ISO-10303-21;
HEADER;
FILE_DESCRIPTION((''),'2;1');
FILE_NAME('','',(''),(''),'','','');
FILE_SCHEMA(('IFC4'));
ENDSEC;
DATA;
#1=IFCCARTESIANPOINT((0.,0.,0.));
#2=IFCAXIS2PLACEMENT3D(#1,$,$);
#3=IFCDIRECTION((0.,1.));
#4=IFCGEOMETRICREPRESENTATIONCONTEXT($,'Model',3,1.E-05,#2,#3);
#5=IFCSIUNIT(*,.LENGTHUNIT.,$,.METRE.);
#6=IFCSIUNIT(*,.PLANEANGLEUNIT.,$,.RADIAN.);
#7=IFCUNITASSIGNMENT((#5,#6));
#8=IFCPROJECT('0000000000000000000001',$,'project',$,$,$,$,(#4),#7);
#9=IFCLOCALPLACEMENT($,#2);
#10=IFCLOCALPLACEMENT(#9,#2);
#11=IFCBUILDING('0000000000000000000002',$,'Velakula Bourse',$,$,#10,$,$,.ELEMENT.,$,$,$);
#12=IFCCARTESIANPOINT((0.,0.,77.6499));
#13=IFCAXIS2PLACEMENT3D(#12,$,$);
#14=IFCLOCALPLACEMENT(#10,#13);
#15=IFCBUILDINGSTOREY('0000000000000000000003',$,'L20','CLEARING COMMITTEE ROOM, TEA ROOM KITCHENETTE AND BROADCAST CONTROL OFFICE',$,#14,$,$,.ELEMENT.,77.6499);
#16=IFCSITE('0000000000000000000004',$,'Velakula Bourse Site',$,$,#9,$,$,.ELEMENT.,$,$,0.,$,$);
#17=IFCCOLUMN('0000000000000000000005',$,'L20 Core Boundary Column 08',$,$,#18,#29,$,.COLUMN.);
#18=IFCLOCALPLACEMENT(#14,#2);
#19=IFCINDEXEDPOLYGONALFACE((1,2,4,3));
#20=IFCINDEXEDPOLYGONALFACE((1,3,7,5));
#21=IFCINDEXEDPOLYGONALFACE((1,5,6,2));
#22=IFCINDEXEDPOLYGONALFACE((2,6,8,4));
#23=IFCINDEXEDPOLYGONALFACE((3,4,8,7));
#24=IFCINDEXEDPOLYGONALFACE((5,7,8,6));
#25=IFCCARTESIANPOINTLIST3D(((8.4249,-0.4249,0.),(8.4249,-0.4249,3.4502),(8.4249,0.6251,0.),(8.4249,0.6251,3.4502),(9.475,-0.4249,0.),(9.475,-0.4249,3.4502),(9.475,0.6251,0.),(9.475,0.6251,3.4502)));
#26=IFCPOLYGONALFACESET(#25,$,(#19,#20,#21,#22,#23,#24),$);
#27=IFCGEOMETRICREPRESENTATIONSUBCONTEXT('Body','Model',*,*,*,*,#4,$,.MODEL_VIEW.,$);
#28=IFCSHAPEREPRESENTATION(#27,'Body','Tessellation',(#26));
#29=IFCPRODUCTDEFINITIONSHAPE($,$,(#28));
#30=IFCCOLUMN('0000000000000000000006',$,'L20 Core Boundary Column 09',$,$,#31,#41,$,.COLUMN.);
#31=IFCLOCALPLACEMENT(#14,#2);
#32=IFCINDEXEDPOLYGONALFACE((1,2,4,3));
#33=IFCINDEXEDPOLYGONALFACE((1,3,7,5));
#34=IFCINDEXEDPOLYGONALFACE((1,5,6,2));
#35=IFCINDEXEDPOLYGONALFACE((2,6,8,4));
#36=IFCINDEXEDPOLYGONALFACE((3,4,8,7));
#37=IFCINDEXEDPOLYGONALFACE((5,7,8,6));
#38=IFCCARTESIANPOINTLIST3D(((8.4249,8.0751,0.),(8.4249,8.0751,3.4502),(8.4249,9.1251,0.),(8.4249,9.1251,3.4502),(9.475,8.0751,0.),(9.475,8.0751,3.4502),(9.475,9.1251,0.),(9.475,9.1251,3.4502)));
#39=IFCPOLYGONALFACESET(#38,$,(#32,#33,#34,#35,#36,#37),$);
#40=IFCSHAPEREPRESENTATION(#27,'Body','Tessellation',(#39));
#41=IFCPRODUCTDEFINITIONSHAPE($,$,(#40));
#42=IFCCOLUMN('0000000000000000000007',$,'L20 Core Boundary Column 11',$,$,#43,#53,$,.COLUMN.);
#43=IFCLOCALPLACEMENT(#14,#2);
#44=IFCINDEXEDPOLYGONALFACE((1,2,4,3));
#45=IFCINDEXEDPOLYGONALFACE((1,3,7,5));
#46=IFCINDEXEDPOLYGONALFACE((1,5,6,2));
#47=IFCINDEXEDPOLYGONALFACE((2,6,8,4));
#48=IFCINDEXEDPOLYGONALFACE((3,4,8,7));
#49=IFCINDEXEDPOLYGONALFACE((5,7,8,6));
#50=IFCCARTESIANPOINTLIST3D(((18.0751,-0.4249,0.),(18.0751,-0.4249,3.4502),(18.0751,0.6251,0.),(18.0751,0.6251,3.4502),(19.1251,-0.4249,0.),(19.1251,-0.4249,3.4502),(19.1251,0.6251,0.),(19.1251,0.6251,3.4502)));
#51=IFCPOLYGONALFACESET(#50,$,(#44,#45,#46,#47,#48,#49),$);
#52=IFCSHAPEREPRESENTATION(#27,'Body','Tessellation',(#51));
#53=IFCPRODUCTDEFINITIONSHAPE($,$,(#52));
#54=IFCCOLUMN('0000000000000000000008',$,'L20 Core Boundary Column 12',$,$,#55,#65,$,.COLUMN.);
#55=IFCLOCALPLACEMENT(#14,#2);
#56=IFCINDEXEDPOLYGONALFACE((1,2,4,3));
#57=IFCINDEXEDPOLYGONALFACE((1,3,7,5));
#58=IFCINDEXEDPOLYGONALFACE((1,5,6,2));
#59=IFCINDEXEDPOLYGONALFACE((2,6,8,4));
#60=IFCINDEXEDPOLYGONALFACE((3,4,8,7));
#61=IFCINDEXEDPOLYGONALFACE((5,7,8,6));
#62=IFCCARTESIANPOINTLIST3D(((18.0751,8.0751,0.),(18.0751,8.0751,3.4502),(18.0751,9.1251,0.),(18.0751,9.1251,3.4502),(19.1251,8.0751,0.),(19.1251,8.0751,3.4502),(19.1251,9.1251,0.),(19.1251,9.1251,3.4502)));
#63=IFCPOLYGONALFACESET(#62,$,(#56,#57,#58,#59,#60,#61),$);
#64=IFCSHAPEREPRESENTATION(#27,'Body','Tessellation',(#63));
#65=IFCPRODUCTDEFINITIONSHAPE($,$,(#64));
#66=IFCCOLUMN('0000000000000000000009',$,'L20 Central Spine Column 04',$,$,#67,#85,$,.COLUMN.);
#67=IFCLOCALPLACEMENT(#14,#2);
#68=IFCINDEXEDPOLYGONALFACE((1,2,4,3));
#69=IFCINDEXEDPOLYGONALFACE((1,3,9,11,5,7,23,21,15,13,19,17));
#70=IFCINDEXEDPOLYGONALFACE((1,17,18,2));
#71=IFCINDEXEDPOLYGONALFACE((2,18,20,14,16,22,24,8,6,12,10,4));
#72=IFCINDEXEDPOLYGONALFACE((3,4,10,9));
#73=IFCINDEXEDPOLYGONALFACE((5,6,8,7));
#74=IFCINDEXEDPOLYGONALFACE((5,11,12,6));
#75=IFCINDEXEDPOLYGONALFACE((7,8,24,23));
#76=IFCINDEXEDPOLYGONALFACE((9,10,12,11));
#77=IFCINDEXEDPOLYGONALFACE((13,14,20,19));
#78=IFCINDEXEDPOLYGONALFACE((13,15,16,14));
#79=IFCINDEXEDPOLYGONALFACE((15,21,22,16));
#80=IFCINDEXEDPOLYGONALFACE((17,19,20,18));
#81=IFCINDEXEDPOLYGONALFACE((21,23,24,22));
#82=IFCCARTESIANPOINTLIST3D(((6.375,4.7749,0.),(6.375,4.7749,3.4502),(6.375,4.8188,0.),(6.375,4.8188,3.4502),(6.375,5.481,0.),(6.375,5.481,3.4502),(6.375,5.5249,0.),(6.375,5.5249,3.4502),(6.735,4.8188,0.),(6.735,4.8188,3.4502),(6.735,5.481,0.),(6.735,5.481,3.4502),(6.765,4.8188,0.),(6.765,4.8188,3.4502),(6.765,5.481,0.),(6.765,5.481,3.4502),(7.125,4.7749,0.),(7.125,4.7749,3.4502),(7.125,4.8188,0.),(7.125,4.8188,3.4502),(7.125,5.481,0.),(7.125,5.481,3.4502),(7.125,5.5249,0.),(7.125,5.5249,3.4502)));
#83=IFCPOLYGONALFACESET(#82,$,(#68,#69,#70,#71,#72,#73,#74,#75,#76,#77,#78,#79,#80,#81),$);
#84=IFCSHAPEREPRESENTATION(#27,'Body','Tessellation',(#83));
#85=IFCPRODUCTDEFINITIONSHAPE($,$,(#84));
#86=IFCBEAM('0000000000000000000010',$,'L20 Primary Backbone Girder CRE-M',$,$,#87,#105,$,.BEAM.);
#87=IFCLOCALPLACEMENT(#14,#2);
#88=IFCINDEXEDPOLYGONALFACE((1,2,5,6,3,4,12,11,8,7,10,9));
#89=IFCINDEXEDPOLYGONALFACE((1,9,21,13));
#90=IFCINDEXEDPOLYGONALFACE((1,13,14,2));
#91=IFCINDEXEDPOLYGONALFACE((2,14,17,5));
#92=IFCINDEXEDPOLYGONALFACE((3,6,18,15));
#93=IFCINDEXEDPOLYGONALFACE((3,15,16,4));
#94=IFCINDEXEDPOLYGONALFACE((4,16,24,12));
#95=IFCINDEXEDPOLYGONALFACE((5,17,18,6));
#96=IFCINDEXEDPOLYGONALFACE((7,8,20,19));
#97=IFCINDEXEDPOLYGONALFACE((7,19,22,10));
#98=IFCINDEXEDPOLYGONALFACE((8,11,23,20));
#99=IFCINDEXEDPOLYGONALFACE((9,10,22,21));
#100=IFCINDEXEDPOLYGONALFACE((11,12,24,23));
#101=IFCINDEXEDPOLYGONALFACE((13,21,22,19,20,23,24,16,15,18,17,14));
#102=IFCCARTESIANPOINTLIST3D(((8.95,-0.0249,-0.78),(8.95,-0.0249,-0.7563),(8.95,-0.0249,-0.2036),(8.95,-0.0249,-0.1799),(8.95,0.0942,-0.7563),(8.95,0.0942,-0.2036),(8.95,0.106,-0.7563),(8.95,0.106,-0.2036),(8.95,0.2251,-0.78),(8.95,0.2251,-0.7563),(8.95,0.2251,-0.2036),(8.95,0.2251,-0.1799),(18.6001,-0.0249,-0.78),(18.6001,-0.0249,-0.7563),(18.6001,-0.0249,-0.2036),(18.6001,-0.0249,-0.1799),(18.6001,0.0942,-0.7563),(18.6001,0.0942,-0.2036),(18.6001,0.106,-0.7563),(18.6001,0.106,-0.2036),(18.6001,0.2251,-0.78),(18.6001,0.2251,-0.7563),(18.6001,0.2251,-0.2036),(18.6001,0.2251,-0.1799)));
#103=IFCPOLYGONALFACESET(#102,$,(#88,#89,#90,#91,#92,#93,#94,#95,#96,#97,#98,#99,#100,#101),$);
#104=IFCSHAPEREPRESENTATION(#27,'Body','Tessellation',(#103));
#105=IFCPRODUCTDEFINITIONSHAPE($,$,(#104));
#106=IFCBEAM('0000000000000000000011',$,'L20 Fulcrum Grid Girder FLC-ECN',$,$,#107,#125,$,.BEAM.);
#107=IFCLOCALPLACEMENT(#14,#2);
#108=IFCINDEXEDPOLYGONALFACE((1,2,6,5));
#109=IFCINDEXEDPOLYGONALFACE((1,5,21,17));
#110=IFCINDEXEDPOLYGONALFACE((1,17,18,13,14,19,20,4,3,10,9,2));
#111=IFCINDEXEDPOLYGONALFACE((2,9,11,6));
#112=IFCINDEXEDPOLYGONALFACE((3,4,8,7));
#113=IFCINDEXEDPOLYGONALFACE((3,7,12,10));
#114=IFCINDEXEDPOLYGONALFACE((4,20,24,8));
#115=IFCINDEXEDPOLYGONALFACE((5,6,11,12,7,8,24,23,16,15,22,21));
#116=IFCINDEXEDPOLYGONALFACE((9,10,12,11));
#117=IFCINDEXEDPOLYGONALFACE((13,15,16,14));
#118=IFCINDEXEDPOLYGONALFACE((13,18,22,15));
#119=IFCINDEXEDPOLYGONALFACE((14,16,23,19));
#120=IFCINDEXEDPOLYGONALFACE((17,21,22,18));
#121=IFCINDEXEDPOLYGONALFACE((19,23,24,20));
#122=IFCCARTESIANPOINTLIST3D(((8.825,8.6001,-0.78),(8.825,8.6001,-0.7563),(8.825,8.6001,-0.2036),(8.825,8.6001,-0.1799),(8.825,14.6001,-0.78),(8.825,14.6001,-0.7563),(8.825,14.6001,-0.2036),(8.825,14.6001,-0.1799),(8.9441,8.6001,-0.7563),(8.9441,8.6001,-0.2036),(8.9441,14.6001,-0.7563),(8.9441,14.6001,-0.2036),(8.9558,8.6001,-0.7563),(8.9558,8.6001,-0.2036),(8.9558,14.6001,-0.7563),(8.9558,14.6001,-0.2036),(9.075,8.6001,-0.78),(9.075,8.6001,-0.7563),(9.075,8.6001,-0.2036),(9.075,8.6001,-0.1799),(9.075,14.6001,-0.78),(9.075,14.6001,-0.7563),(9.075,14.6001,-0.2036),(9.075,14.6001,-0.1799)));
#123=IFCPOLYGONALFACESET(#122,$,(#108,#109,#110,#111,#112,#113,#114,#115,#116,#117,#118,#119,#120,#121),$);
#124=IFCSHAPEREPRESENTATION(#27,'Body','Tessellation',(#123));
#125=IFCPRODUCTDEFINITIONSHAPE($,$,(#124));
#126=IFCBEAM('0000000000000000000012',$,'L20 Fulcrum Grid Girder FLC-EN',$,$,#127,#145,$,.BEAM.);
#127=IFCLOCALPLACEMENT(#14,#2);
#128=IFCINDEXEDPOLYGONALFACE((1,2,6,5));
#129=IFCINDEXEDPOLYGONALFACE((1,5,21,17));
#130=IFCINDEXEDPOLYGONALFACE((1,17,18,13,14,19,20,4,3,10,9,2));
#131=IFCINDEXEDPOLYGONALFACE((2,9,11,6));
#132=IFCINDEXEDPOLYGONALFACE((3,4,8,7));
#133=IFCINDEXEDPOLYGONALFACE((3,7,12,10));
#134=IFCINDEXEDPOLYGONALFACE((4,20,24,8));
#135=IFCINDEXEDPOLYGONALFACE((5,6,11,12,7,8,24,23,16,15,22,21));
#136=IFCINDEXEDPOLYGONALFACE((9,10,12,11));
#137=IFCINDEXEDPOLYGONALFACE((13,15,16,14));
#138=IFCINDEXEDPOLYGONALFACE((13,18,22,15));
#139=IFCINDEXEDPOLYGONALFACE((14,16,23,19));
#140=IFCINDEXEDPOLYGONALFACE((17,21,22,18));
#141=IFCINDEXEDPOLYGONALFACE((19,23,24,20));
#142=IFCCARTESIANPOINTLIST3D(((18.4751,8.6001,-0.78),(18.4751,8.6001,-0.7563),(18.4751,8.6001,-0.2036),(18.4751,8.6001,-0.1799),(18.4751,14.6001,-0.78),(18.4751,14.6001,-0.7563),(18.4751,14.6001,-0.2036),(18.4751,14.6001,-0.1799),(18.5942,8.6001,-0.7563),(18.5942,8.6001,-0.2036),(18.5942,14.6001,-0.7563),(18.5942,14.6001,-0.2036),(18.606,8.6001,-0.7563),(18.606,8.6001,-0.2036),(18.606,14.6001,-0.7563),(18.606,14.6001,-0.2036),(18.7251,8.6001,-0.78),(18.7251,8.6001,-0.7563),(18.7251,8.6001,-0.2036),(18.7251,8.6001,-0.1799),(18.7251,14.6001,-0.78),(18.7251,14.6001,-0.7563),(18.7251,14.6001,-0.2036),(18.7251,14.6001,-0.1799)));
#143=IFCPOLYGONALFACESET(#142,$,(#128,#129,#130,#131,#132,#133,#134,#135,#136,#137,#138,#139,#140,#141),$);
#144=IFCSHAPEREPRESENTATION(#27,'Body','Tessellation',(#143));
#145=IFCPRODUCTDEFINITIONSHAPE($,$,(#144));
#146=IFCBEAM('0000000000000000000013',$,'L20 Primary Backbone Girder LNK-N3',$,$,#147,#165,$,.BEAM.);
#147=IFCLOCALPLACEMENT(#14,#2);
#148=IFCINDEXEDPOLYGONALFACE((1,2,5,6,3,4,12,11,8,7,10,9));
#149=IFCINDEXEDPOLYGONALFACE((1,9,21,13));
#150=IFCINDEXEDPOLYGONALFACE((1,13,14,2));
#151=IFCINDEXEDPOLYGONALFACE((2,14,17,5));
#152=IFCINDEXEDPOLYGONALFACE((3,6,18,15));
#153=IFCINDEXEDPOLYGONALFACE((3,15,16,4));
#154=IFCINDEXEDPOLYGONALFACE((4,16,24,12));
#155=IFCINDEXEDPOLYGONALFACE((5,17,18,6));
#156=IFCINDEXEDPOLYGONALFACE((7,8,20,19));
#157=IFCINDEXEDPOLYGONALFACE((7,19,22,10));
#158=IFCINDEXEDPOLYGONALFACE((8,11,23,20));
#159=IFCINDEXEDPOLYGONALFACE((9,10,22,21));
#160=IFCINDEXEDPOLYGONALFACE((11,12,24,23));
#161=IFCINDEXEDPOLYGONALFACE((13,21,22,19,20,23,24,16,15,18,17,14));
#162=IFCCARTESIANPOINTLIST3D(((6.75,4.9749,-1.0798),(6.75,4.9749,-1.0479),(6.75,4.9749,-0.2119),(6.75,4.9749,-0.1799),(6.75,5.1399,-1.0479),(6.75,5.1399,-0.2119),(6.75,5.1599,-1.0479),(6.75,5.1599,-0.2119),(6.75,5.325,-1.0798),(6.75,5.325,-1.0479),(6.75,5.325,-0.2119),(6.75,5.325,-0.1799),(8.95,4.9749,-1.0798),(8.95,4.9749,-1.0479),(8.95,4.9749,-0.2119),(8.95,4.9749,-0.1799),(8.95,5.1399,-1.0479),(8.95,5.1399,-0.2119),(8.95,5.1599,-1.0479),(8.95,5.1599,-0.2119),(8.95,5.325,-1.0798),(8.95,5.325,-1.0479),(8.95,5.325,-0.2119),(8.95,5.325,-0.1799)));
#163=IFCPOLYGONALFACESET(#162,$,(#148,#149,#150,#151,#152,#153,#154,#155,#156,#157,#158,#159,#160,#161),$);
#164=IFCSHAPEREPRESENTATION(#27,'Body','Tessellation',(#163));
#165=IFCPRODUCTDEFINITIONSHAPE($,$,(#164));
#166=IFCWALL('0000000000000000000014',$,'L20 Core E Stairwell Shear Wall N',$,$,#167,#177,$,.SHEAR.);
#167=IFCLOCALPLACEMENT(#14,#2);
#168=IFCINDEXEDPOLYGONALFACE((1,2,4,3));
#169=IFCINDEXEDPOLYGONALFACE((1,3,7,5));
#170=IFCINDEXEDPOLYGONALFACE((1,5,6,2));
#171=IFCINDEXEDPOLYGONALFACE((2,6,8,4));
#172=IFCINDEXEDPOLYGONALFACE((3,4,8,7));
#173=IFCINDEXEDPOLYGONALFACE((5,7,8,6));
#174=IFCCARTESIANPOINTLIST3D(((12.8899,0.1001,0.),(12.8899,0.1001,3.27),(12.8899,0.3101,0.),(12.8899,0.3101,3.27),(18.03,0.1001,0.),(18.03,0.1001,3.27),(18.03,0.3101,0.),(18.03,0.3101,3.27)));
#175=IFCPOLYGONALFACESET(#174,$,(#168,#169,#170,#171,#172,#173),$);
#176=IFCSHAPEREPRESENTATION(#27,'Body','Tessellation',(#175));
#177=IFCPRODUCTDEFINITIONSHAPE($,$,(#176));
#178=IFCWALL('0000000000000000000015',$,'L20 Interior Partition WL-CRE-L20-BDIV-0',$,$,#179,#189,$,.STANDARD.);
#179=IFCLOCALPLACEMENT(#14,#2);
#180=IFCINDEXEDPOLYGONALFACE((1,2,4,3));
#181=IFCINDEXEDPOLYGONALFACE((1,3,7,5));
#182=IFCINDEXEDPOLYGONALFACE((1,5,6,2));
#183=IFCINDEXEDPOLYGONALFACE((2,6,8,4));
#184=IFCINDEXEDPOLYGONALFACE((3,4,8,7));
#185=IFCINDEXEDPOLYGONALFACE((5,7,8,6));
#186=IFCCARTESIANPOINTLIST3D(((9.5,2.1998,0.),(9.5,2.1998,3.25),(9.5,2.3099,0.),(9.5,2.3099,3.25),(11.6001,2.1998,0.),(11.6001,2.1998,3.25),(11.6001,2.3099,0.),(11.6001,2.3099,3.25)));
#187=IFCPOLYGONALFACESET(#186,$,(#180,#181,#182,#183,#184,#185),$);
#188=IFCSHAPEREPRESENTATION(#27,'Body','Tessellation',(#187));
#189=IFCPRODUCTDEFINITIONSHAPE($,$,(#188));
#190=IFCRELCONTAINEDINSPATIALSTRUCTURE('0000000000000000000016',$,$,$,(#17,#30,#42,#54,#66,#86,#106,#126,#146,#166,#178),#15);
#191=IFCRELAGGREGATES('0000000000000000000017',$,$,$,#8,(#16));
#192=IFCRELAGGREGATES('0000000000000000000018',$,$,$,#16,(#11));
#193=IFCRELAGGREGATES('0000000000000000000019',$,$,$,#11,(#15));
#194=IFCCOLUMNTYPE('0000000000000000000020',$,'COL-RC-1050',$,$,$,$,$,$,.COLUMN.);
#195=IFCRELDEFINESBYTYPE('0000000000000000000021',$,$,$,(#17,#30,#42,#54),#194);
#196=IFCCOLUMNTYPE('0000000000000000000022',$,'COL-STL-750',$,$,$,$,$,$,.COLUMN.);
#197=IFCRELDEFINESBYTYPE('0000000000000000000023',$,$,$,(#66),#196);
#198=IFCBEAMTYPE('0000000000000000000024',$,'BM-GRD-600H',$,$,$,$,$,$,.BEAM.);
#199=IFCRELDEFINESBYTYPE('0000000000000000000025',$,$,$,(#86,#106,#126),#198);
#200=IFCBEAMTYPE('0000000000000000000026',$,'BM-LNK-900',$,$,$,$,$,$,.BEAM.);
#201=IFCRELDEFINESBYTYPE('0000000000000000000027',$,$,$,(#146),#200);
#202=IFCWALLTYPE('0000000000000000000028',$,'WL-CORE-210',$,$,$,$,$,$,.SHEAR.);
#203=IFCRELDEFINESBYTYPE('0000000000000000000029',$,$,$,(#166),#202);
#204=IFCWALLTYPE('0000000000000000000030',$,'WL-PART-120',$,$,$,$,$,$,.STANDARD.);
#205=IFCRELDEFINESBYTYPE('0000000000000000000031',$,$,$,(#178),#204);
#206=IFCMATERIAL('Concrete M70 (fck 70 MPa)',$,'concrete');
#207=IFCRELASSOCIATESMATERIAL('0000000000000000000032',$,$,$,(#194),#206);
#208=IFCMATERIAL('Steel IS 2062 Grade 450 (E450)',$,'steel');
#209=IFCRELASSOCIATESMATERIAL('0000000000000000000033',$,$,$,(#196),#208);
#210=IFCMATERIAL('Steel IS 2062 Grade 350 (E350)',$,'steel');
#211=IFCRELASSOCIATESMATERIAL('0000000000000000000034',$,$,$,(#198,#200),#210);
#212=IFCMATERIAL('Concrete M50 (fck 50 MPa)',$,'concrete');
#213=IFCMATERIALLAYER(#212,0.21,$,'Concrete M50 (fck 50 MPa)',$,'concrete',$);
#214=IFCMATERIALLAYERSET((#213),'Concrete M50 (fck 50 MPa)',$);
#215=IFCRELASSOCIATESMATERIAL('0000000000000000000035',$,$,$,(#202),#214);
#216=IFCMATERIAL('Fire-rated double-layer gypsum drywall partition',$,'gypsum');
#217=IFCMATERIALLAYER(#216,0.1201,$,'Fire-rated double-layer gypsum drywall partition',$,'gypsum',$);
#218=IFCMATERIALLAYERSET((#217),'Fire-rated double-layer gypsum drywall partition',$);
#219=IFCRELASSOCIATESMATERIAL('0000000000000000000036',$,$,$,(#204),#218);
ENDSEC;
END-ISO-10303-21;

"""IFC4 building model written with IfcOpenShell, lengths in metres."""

from ifc_helpers import new_model, si_unit, direction, frame, frame_2d, origin, origin_2d, place, context, subcontext, project, spatial, rectangle, i_section, extrude, material, layer, layer_set, material_profile, profile_set, type_object, element, save


model = new_model("IFC4")

# Units and contexts
model_context = context("Model", 3, precision=1e-05, world=origin(), true_north=direction((0.0, 1.0)))
body_context = subcontext(model_context, "Body", "Model", "MODEL_VIEW")
ifc_project = project(units=[si_unit("LENGTHUNIT", "METRE"), si_unit("PLANEANGLEUNIT", "RADIAN")], contexts=[model_context])

# Site, building, storey
site_placement = place(None, origin())
site = spatial("IfcSite", under=ifc_project, at=site_placement, Name="Velakula Bourse Site", CompositionType="ELEMENT", RefElevation=0.0)
building_placement = place(site_placement, origin())
building = spatial("IfcBuilding", under=site, at=building_placement, Name="Velakula Bourse", CompositionType="ELEMENT")
storey_placement = place(building_placement, frame((0.0, 0.0, 77.6499)))
storey = spatial("IfcBuildingStorey", under=building, at=storey_placement, Name="L20", Description="CLEARING COMMITTEE ROOM, TEA ROOM KITCHENETTE AND BROADCAST CONTROL OFFICE", CompositionType="ELEMENT", Elevation=77.6499)

# Columns
ifc_material_1 = material(Name="Concrete M70 (fck 70 MPa)", Category="concrete")
ifc_material_profile_1 = material_profile(ifc_material_1, rectangle(XDim=1.05, YDim=1.05, at=origin_2d()), Name="Concrete M70 (fck 70 MPa)")
ifc_profile_set_1 = profile_set([ifc_material_profile_1], Name="Concrete M70 (fck 70 MPa)")
column_type_1 = type_object("IfcColumnType", Name="COL-RC-1050", PredefinedType="COLUMN", material=ifc_profile_set_1)
for number, where, z_axis, x_axis, name in (
    (1, (8.95, 0.1001, 0.0), (0.0, 0.0, 1.0), (1.0, 0.0, 0.0), "L20 Core Boundary Column 08"),
    (2, (8.95, 8.6001, 0.0), (0.0, 0.0, 1.0), (1.0, 0.0, 0.0), "L20 Core Boundary Column 09"),
    (3, (18.6001, 0.1001, 0.0), (0.0, 0.0, 1.0), (1.0, 0.0, 0.0), "L20 Core Boundary Column 11"),
    (4, (18.6001, 8.6001, 0.0), (0.0, 0.0, 1.0), (1.0, 0.0, 0.0), "L20 Core Boundary Column 12"),
):
    element("IfcColumn", number, at=place(storey_placement, frame(where, z_axis=z_axis, x_axis=x_axis)), inside=storey, type_object=column_type_1, Name=name, PredefinedType="COLUMN", context=body_context, shape_type="SweptSolid", body=[
        extrude(rectangle(XDim=1.05, YDim=1.05, at=origin_2d()), origin(), (0.0, 0.0, 1.0), 3.4502),
    ])
ifc_material_2 = material(Name="Steel IS 2062 Grade 450 (E450)", Category="steel")
ifc_material_profile_2 = material_profile(ifc_material_2, i_section(OverallWidth=0.75, OverallDepth=0.75, WebThickness=0.03, FlangeThickness=0.0439, at=origin_2d()), Name="Steel IS 2062 Grade 450 (E450)")
ifc_profile_set_2 = profile_set([ifc_material_profile_2], Name="Steel IS 2062 Grade 450 (E450)")
column_type_2 = type_object("IfcColumnType", Name="COL-STL-750", PredefinedType="COLUMN", material=ifc_profile_set_2)
column_placement = place(storey_placement, frame((6.75, 5.1499, 0.0), z_axis=(0.0, 0.0, 1.0), x_axis=(1.0, 0.0, 0.0)))
element("IfcColumn", 5, at=column_placement, inside=storey, type_object=column_type_2, Name="L20 Central Spine Column 04", PredefinedType="COLUMN", context=body_context, shape_type="SweptSolid", body=[
    extrude(i_section(OverallWidth=0.75, OverallDepth=0.75, WebThickness=0.03, FlangeThickness=0.0439, at=origin_2d()), origin(), (0.0, 0.0, 1.0), 3.4502),
])

# Beams
ifc_material_3 = material(Name="Steel IS 2062 Grade 350 (E350)", Category="steel")
ifc_material_profile_3 = material_profile(ifc_material_3, i_section(OverallWidth=0.25, OverallDepth=0.6001, WebThickness=0.0117, FlangeThickness=0.0237, at=origin_2d()), Name="Steel IS 2062 Grade 350 (E350)")
ifc_profile_set_3 = profile_set([ifc_material_profile_3], Name="Steel IS 2062 Grade 350 (E350)")
beam_type_1 = type_object("IfcBeamType", Name="BM-GRD-600H", PredefinedType="BEAM", material=ifc_profile_set_3)
beam_1_placement = place(storey_placement, frame((8.95, 0.1001, -0.48), z_axis=(1.0, 0.0, 0.0), x_axis=(0.0, 1.0, 0.0)))
element("IfcBeam", 6, at=beam_1_placement, inside=storey, type_object=beam_type_1, Name="L20 Primary Backbone Girder CRE-M", PredefinedType="BEAM", context=body_context, shape_type="SweptSolid", body=[
    extrude(i_section(OverallWidth=0.25, OverallDepth=0.6001, WebThickness=0.0117, FlangeThickness=0.0237, at=origin_2d()), origin(), (0.0, 0.0, 1.0), 9.6501),
])
for number, where, z_axis, x_axis, name in (
    (7, (8.95, 8.6001, -0.48), (0.0, 1.0, 0.0), (-1.0, 0.0, 0.0), "L20 Fulcrum Grid Girder FLC-ECN"),
    (8, (18.6001, 8.6001, -0.48), (0.0, 1.0, 0.0), (-1.0, 0.0, 0.0), "L20 Fulcrum Grid Girder FLC-EN"),
):
    element("IfcBeam", number, at=place(storey_placement, frame(where, z_axis=z_axis, x_axis=x_axis)), inside=storey, type_object=beam_type_1, Name=name, PredefinedType="BEAM", context=body_context, shape_type="SweptSolid", body=[
        extrude(i_section(OverallWidth=0.25, OverallDepth=0.6001, WebThickness=0.0117, FlangeThickness=0.0237, at=origin_2d()), origin(), (0.0, 0.0, 1.0), 6.0),
    ])
ifc_material_profile_4 = material_profile(ifc_material_3, i_section(OverallWidth=0.3501, OverallDepth=0.8999, WebThickness=0.02, FlangeThickness=0.032, at=origin_2d()), Name="Steel IS 2062 Grade 350 (E350)")
ifc_profile_set_4 = profile_set([ifc_material_profile_4], Name="Steel IS 2062 Grade 350 (E350)")
beam_type_2 = type_object("IfcBeamType", Name="BM-LNK-900", PredefinedType="BEAM", material=ifc_profile_set_4)
beam_2_placement = place(storey_placement, frame((6.75, 5.1499, -0.6299), z_axis=(1.0, 0.0, 0.0), x_axis=(0.0, 1.0, 0.0)))
element("IfcBeam", 9, at=beam_2_placement, inside=storey, type_object=beam_type_2, Name="L20 Primary Backbone Girder LNK-N3", PredefinedType="BEAM", context=body_context, shape_type="SweptSolid", body=[
    extrude(i_section(OverallWidth=0.3501, OverallDepth=0.8999, WebThickness=0.02, FlangeThickness=0.032, at=origin_2d()), origin(), (0.0, 0.0, 1.0), 2.2),
])

# Walls
ifc_material_4 = material(Name="Concrete M50 (fck 50 MPa)", Category="concrete")
ifc_layer_1 = layer(ifc_material_4, 0.21, Name="Concrete M50 (fck 50 MPa)", Category="concrete")
ifc_layer_set_1 = layer_set([ifc_layer_1], Name="Concrete M50 (fck 50 MPa)")
wall_type_1 = type_object("IfcWallType", Name="WL-CORE-210", PredefinedType="SHEAR", material=ifc_layer_set_1)
wall_1_placement = place(storey_placement, frame((18.03, 0.2051, 0.0), z_axis=(0.0, 0.0, 1.0), x_axis=(-1.0, 0.0, 0.0)))
element("IfcWall", 10, at=wall_1_placement, inside=storey, type_object=wall_type_1, Name="L20 Core E Stairwell Shear Wall N", PredefinedType="SHEAR", context=body_context, shape_type="SweptSolid", body=[
    extrude(rectangle(XDim=5.1401, YDim=0.21, at=frame_2d((2.5701, 0.0))), origin(), (0.0, 0.0, 1.0), 3.27),
])
ifc_material_5 = material(Name="Fire-rated double-layer gypsum drywall partition", Category="gypsum")
ifc_layer_2 = layer(ifc_material_5, 0.1201, Name="Fire-rated double-layer gypsum drywall partition", Category="gypsum")
ifc_layer_set_2 = layer_set([ifc_layer_2], Name="Fire-rated double-layer gypsum drywall partition")
wall_type_2 = type_object("IfcWallType", Name="WL-PART-120", PredefinedType="STANDARD", material=ifc_layer_set_2)
for number, where, z_axis, x_axis, name in (
    (11, (9.5, 2.2549, 0.0), (0.0, 0.0, 1.0), (1.0, 0.0, 0.0), "L20 Interior Partition WL-CRE-L20-BDIV-0"),
):
    element("IfcWall", number, at=place(storey_placement, frame(where, z_axis=z_axis, x_axis=x_axis)), inside=storey, type_object=wall_type_2, Name=name, PredefinedType="STANDARD", context=body_context, shape_type="SweptSolid", body=[
        extrude(rectangle(XDim=2.1001, YDim=0.1101, at=frame_2d((1.05, 0.0))), origin(), (0.0, 0.0, 1.0), 3.25),
    ])

save(model, "model.ifc")
